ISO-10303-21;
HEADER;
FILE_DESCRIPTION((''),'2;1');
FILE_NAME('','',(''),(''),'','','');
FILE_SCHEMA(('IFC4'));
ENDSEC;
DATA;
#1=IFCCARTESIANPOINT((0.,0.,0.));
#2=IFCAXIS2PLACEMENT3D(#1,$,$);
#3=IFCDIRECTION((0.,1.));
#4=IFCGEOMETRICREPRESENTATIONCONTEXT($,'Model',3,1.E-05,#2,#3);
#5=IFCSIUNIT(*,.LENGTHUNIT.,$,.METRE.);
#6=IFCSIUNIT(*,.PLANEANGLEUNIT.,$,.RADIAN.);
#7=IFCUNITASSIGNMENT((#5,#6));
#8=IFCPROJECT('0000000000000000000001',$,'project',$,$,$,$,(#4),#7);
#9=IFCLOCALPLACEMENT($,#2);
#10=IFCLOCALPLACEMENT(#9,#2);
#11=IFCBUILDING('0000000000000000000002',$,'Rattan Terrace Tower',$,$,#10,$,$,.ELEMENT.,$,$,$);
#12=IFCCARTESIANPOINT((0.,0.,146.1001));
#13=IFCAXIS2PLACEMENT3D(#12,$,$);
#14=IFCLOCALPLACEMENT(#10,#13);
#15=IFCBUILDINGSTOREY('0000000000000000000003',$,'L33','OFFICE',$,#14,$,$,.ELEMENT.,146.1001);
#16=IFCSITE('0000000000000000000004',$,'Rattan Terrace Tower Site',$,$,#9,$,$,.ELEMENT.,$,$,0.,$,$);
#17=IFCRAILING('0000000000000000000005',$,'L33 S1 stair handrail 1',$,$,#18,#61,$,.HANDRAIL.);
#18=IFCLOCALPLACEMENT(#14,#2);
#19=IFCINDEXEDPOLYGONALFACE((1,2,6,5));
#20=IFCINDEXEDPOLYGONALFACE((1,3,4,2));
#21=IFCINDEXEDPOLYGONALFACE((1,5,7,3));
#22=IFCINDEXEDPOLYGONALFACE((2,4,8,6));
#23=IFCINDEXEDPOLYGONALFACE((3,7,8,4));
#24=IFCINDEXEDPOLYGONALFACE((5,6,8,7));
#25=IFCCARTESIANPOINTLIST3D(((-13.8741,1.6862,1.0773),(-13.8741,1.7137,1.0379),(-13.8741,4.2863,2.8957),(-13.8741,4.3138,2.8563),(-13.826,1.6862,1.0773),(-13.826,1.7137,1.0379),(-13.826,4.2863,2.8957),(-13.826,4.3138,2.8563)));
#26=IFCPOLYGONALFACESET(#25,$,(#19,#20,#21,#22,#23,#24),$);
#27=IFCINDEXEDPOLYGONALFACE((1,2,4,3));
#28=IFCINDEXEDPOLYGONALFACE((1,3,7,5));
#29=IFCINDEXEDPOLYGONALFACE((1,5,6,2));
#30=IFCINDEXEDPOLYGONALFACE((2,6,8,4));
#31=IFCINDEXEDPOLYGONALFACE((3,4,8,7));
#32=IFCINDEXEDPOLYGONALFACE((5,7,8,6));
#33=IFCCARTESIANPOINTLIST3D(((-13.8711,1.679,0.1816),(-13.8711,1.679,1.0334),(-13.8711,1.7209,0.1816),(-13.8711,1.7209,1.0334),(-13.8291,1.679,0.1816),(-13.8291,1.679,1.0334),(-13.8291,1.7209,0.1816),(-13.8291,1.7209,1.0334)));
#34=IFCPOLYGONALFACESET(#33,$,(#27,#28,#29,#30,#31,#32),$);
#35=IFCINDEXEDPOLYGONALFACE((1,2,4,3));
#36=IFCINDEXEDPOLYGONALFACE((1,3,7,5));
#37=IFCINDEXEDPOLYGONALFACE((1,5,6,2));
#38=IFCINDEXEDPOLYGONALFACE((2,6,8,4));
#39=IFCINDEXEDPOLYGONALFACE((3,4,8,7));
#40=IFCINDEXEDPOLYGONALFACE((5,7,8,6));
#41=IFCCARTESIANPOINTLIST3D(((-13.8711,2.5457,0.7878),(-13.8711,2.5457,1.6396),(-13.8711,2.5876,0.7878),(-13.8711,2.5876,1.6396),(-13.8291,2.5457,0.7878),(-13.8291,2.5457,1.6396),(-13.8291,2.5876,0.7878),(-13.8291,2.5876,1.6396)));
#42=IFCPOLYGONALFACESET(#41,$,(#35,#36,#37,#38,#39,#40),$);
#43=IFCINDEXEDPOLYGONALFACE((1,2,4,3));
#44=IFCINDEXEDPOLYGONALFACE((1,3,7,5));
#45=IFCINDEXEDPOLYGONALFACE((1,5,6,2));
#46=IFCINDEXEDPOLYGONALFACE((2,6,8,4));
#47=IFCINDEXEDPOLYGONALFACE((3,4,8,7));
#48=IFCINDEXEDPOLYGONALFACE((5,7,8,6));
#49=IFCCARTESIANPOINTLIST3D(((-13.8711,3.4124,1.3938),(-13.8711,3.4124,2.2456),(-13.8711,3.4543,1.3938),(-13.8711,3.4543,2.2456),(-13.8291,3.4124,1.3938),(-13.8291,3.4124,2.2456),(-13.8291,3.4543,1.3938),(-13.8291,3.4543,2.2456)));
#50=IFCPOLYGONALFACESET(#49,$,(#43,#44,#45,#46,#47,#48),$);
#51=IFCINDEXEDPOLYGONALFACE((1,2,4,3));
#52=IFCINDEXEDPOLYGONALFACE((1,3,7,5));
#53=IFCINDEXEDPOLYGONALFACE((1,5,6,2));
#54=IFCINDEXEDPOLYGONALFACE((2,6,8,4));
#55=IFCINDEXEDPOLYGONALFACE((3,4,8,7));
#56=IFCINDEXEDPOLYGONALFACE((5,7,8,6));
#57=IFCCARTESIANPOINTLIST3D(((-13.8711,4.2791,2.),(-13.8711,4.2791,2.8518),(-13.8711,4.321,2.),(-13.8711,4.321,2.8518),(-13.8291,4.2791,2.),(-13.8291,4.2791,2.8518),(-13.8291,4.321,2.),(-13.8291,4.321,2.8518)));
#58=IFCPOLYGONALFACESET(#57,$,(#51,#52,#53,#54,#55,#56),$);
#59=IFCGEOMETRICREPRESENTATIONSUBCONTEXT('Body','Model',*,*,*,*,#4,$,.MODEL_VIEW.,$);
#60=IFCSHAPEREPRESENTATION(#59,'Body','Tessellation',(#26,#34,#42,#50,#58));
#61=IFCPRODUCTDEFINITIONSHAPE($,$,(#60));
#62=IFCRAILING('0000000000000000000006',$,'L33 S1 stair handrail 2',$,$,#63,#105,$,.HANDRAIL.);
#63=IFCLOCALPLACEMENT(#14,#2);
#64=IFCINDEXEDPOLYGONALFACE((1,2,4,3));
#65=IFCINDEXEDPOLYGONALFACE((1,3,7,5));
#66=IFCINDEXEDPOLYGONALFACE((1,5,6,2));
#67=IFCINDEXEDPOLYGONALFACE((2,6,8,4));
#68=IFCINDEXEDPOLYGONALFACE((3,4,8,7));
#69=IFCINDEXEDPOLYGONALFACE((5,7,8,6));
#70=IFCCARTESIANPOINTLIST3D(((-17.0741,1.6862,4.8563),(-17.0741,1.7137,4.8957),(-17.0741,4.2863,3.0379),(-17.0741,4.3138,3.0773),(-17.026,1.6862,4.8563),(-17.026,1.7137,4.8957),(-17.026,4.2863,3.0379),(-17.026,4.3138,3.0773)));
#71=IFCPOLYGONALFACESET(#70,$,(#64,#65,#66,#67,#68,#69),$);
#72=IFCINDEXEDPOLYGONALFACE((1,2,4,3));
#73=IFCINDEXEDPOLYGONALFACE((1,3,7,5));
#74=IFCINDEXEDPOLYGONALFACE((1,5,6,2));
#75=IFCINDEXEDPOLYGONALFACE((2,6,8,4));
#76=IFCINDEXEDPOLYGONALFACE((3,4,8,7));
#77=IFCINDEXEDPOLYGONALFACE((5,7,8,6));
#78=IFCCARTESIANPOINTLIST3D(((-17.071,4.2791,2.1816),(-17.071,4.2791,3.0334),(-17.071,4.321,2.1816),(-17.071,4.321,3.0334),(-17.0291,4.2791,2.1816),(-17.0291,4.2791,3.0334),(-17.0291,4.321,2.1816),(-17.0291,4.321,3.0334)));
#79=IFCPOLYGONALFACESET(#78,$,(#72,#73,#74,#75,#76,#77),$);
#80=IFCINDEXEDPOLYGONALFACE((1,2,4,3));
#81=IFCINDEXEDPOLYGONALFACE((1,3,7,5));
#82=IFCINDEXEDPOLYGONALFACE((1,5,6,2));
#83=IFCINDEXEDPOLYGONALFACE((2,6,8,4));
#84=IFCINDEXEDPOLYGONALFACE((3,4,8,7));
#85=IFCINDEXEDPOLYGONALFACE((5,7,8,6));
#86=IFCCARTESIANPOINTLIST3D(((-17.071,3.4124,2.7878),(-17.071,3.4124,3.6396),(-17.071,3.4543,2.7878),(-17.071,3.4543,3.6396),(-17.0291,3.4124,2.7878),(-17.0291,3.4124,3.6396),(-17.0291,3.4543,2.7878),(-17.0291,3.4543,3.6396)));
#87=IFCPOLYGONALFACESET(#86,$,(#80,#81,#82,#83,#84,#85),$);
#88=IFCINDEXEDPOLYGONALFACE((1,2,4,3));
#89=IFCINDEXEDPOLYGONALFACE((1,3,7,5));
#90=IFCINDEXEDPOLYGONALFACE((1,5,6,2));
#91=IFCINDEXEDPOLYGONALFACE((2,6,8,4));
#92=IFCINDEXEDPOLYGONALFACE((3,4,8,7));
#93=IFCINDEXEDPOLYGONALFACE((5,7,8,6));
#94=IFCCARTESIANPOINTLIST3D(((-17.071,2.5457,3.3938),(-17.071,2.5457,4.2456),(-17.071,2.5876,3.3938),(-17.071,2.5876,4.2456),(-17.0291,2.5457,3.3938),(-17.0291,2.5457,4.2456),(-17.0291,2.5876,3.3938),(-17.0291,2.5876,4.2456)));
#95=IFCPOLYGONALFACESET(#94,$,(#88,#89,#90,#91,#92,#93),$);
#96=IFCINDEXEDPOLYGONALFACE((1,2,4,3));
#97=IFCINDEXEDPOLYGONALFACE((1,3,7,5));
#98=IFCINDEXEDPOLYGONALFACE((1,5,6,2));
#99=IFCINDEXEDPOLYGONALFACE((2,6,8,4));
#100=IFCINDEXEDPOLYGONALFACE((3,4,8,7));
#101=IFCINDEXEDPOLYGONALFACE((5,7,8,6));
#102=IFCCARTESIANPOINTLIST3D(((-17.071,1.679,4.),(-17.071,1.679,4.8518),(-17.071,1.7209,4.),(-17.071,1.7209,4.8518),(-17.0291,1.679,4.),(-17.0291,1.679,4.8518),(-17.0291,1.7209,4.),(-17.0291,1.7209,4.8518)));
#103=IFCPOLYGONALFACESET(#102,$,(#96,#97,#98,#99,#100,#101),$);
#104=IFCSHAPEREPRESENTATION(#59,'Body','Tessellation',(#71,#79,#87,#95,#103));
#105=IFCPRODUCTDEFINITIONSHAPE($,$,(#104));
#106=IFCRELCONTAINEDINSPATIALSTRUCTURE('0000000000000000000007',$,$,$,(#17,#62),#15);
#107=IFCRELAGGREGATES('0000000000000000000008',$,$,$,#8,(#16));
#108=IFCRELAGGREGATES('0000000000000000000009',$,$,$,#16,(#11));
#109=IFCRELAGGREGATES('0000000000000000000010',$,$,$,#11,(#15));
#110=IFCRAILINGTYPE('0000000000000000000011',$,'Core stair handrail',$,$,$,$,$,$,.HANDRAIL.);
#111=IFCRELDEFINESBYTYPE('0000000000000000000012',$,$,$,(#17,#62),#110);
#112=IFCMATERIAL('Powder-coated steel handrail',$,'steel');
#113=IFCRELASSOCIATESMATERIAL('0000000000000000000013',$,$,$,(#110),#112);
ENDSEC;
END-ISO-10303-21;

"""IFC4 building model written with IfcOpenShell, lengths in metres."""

from ifc_helpers import new_model, si_unit, direction, frame, origin, origin_2d, place, context, subcontext, project, spatial, rectangle, extrude, material, type_object, element, save


model = new_model("IFC4")

# Units and contexts
model_context = context("Model", 3, precision=1e-05, world=origin(), true_north=direction((0.0, 1.0)))
body_context = subcontext(model_context, "Body", "Model", "MODEL_VIEW")
ifc_project = project(units=[si_unit("LENGTHUNIT", "METRE"), si_unit("PLANEANGLEUNIT", "RADIAN")], contexts=[model_context])

# Site, building, storey
site_placement = place(None, origin())
site = spatial("IfcSite", under=ifc_project, at=site_placement, Name="Rattan Terrace Tower Site", CompositionType="ELEMENT", RefElevation=0.0)
building_placement = place(site_placement, origin())
building = spatial("IfcBuilding", under=site, at=building_placement, Name="Rattan Terrace Tower", CompositionType="ELEMENT")
storey_placement = place(building_placement, frame((0.0, 0.0, 146.1001)))
storey = spatial("IfcBuildingStorey", under=building, at=storey_placement, Name="L33", Description="OFFICE", CompositionType="ELEMENT", Elevation=146.1001)

# Railings
ifc_material_1 = material(Name="Powder-coated steel handrail", Category="steel")
railing_type_1 = type_object("IfcRailingType", Name="Core stair handrail", PredefinedType="HANDRAIL", material=ifc_material_1)
railing_1_placement = place(storey_placement, frame((-13.8501, 1.7, 0.1816)))
element("IfcRailing", 1, at=railing_1_placement, inside=storey, type_object=railing_type_1, Name="L33 S1 stair handrail 1", PredefinedType="HANDRAIL", context=body_context, shape_type="SweptSolid", body=[
    extrude(rectangle(XDim=0.0481, YDim=0.0481, at=origin_2d()), frame((0.0, 0.0, 0.876), z_axis=(0.0, 0.819485, 0.573101), x_axis=(-1.0, 0.0, 0.0)), (0.0, 0.0, 1.0), 3.1729),
    extrude(rectangle(XDim=0.042, YDim=0.042, at=origin_2d()), origin(), (0.0, 0.0, 1.0), 0.8518),
    extrude(rectangle(XDim=0.042, YDim=0.042, at=origin_2d()), frame((0.0, 0.8667, 0.6062)), (0.0, 0.0, 1.0), 0.8518),
    extrude(rectangle(XDim=0.042, YDim=0.042, at=origin_2d()), frame((0.0, 1.7334, 1.2122)), (0.0, 0.0, 1.0), 0.8518),
    extrude(rectangle(XDim=0.042, YDim=0.042, at=origin_2d()), frame((0.0, 2.6001, 1.8184)), (0.0, 0.0, 1.0), 0.8518),
])
railing_2_placement = place(storey_placement, frame((-17.05, 4.3, 2.1816)))
element("IfcRailing", 2, at=railing_2_placement, inside=storey, type_object=railing_type_1, Name="L33 S1 stair handrail 2", PredefinedType="HANDRAIL", context=body_context, shape_type="SweptSolid", body=[
    extrude(rectangle(XDim=0.0481, YDim=0.0481, at=origin_2d()), frame((0.0, 0.0, 0.876), z_axis=(0.0, -0.819485, 0.573101), x_axis=(1.0, 0.0, 0.0)), (0.0, 0.0, 1.0), 3.1729),
    extrude(rectangle(XDim=0.042, YDim=0.042, at=origin_2d()), origin(), (0.0, 0.0, 1.0), 0.8518),
    extrude(rectangle(XDim=0.042, YDim=0.042, at=origin_2d()), frame((0.0, -0.8667, 0.6062)), (0.0, 0.0, 1.0), 0.8518),
    extrude(rectangle(XDim=0.042, YDim=0.042, at=origin_2d()), frame((0.0, -1.7334, 1.2122)), (0.0, 0.0, 1.0), 0.8518),
    extrude(rectangle(XDim=0.042, YDim=0.042, at=origin_2d()), frame((0.0, -2.6001, 1.8184)), (0.0, 0.0, 1.0), 0.8518),
])

save(model, "model.ifc")
